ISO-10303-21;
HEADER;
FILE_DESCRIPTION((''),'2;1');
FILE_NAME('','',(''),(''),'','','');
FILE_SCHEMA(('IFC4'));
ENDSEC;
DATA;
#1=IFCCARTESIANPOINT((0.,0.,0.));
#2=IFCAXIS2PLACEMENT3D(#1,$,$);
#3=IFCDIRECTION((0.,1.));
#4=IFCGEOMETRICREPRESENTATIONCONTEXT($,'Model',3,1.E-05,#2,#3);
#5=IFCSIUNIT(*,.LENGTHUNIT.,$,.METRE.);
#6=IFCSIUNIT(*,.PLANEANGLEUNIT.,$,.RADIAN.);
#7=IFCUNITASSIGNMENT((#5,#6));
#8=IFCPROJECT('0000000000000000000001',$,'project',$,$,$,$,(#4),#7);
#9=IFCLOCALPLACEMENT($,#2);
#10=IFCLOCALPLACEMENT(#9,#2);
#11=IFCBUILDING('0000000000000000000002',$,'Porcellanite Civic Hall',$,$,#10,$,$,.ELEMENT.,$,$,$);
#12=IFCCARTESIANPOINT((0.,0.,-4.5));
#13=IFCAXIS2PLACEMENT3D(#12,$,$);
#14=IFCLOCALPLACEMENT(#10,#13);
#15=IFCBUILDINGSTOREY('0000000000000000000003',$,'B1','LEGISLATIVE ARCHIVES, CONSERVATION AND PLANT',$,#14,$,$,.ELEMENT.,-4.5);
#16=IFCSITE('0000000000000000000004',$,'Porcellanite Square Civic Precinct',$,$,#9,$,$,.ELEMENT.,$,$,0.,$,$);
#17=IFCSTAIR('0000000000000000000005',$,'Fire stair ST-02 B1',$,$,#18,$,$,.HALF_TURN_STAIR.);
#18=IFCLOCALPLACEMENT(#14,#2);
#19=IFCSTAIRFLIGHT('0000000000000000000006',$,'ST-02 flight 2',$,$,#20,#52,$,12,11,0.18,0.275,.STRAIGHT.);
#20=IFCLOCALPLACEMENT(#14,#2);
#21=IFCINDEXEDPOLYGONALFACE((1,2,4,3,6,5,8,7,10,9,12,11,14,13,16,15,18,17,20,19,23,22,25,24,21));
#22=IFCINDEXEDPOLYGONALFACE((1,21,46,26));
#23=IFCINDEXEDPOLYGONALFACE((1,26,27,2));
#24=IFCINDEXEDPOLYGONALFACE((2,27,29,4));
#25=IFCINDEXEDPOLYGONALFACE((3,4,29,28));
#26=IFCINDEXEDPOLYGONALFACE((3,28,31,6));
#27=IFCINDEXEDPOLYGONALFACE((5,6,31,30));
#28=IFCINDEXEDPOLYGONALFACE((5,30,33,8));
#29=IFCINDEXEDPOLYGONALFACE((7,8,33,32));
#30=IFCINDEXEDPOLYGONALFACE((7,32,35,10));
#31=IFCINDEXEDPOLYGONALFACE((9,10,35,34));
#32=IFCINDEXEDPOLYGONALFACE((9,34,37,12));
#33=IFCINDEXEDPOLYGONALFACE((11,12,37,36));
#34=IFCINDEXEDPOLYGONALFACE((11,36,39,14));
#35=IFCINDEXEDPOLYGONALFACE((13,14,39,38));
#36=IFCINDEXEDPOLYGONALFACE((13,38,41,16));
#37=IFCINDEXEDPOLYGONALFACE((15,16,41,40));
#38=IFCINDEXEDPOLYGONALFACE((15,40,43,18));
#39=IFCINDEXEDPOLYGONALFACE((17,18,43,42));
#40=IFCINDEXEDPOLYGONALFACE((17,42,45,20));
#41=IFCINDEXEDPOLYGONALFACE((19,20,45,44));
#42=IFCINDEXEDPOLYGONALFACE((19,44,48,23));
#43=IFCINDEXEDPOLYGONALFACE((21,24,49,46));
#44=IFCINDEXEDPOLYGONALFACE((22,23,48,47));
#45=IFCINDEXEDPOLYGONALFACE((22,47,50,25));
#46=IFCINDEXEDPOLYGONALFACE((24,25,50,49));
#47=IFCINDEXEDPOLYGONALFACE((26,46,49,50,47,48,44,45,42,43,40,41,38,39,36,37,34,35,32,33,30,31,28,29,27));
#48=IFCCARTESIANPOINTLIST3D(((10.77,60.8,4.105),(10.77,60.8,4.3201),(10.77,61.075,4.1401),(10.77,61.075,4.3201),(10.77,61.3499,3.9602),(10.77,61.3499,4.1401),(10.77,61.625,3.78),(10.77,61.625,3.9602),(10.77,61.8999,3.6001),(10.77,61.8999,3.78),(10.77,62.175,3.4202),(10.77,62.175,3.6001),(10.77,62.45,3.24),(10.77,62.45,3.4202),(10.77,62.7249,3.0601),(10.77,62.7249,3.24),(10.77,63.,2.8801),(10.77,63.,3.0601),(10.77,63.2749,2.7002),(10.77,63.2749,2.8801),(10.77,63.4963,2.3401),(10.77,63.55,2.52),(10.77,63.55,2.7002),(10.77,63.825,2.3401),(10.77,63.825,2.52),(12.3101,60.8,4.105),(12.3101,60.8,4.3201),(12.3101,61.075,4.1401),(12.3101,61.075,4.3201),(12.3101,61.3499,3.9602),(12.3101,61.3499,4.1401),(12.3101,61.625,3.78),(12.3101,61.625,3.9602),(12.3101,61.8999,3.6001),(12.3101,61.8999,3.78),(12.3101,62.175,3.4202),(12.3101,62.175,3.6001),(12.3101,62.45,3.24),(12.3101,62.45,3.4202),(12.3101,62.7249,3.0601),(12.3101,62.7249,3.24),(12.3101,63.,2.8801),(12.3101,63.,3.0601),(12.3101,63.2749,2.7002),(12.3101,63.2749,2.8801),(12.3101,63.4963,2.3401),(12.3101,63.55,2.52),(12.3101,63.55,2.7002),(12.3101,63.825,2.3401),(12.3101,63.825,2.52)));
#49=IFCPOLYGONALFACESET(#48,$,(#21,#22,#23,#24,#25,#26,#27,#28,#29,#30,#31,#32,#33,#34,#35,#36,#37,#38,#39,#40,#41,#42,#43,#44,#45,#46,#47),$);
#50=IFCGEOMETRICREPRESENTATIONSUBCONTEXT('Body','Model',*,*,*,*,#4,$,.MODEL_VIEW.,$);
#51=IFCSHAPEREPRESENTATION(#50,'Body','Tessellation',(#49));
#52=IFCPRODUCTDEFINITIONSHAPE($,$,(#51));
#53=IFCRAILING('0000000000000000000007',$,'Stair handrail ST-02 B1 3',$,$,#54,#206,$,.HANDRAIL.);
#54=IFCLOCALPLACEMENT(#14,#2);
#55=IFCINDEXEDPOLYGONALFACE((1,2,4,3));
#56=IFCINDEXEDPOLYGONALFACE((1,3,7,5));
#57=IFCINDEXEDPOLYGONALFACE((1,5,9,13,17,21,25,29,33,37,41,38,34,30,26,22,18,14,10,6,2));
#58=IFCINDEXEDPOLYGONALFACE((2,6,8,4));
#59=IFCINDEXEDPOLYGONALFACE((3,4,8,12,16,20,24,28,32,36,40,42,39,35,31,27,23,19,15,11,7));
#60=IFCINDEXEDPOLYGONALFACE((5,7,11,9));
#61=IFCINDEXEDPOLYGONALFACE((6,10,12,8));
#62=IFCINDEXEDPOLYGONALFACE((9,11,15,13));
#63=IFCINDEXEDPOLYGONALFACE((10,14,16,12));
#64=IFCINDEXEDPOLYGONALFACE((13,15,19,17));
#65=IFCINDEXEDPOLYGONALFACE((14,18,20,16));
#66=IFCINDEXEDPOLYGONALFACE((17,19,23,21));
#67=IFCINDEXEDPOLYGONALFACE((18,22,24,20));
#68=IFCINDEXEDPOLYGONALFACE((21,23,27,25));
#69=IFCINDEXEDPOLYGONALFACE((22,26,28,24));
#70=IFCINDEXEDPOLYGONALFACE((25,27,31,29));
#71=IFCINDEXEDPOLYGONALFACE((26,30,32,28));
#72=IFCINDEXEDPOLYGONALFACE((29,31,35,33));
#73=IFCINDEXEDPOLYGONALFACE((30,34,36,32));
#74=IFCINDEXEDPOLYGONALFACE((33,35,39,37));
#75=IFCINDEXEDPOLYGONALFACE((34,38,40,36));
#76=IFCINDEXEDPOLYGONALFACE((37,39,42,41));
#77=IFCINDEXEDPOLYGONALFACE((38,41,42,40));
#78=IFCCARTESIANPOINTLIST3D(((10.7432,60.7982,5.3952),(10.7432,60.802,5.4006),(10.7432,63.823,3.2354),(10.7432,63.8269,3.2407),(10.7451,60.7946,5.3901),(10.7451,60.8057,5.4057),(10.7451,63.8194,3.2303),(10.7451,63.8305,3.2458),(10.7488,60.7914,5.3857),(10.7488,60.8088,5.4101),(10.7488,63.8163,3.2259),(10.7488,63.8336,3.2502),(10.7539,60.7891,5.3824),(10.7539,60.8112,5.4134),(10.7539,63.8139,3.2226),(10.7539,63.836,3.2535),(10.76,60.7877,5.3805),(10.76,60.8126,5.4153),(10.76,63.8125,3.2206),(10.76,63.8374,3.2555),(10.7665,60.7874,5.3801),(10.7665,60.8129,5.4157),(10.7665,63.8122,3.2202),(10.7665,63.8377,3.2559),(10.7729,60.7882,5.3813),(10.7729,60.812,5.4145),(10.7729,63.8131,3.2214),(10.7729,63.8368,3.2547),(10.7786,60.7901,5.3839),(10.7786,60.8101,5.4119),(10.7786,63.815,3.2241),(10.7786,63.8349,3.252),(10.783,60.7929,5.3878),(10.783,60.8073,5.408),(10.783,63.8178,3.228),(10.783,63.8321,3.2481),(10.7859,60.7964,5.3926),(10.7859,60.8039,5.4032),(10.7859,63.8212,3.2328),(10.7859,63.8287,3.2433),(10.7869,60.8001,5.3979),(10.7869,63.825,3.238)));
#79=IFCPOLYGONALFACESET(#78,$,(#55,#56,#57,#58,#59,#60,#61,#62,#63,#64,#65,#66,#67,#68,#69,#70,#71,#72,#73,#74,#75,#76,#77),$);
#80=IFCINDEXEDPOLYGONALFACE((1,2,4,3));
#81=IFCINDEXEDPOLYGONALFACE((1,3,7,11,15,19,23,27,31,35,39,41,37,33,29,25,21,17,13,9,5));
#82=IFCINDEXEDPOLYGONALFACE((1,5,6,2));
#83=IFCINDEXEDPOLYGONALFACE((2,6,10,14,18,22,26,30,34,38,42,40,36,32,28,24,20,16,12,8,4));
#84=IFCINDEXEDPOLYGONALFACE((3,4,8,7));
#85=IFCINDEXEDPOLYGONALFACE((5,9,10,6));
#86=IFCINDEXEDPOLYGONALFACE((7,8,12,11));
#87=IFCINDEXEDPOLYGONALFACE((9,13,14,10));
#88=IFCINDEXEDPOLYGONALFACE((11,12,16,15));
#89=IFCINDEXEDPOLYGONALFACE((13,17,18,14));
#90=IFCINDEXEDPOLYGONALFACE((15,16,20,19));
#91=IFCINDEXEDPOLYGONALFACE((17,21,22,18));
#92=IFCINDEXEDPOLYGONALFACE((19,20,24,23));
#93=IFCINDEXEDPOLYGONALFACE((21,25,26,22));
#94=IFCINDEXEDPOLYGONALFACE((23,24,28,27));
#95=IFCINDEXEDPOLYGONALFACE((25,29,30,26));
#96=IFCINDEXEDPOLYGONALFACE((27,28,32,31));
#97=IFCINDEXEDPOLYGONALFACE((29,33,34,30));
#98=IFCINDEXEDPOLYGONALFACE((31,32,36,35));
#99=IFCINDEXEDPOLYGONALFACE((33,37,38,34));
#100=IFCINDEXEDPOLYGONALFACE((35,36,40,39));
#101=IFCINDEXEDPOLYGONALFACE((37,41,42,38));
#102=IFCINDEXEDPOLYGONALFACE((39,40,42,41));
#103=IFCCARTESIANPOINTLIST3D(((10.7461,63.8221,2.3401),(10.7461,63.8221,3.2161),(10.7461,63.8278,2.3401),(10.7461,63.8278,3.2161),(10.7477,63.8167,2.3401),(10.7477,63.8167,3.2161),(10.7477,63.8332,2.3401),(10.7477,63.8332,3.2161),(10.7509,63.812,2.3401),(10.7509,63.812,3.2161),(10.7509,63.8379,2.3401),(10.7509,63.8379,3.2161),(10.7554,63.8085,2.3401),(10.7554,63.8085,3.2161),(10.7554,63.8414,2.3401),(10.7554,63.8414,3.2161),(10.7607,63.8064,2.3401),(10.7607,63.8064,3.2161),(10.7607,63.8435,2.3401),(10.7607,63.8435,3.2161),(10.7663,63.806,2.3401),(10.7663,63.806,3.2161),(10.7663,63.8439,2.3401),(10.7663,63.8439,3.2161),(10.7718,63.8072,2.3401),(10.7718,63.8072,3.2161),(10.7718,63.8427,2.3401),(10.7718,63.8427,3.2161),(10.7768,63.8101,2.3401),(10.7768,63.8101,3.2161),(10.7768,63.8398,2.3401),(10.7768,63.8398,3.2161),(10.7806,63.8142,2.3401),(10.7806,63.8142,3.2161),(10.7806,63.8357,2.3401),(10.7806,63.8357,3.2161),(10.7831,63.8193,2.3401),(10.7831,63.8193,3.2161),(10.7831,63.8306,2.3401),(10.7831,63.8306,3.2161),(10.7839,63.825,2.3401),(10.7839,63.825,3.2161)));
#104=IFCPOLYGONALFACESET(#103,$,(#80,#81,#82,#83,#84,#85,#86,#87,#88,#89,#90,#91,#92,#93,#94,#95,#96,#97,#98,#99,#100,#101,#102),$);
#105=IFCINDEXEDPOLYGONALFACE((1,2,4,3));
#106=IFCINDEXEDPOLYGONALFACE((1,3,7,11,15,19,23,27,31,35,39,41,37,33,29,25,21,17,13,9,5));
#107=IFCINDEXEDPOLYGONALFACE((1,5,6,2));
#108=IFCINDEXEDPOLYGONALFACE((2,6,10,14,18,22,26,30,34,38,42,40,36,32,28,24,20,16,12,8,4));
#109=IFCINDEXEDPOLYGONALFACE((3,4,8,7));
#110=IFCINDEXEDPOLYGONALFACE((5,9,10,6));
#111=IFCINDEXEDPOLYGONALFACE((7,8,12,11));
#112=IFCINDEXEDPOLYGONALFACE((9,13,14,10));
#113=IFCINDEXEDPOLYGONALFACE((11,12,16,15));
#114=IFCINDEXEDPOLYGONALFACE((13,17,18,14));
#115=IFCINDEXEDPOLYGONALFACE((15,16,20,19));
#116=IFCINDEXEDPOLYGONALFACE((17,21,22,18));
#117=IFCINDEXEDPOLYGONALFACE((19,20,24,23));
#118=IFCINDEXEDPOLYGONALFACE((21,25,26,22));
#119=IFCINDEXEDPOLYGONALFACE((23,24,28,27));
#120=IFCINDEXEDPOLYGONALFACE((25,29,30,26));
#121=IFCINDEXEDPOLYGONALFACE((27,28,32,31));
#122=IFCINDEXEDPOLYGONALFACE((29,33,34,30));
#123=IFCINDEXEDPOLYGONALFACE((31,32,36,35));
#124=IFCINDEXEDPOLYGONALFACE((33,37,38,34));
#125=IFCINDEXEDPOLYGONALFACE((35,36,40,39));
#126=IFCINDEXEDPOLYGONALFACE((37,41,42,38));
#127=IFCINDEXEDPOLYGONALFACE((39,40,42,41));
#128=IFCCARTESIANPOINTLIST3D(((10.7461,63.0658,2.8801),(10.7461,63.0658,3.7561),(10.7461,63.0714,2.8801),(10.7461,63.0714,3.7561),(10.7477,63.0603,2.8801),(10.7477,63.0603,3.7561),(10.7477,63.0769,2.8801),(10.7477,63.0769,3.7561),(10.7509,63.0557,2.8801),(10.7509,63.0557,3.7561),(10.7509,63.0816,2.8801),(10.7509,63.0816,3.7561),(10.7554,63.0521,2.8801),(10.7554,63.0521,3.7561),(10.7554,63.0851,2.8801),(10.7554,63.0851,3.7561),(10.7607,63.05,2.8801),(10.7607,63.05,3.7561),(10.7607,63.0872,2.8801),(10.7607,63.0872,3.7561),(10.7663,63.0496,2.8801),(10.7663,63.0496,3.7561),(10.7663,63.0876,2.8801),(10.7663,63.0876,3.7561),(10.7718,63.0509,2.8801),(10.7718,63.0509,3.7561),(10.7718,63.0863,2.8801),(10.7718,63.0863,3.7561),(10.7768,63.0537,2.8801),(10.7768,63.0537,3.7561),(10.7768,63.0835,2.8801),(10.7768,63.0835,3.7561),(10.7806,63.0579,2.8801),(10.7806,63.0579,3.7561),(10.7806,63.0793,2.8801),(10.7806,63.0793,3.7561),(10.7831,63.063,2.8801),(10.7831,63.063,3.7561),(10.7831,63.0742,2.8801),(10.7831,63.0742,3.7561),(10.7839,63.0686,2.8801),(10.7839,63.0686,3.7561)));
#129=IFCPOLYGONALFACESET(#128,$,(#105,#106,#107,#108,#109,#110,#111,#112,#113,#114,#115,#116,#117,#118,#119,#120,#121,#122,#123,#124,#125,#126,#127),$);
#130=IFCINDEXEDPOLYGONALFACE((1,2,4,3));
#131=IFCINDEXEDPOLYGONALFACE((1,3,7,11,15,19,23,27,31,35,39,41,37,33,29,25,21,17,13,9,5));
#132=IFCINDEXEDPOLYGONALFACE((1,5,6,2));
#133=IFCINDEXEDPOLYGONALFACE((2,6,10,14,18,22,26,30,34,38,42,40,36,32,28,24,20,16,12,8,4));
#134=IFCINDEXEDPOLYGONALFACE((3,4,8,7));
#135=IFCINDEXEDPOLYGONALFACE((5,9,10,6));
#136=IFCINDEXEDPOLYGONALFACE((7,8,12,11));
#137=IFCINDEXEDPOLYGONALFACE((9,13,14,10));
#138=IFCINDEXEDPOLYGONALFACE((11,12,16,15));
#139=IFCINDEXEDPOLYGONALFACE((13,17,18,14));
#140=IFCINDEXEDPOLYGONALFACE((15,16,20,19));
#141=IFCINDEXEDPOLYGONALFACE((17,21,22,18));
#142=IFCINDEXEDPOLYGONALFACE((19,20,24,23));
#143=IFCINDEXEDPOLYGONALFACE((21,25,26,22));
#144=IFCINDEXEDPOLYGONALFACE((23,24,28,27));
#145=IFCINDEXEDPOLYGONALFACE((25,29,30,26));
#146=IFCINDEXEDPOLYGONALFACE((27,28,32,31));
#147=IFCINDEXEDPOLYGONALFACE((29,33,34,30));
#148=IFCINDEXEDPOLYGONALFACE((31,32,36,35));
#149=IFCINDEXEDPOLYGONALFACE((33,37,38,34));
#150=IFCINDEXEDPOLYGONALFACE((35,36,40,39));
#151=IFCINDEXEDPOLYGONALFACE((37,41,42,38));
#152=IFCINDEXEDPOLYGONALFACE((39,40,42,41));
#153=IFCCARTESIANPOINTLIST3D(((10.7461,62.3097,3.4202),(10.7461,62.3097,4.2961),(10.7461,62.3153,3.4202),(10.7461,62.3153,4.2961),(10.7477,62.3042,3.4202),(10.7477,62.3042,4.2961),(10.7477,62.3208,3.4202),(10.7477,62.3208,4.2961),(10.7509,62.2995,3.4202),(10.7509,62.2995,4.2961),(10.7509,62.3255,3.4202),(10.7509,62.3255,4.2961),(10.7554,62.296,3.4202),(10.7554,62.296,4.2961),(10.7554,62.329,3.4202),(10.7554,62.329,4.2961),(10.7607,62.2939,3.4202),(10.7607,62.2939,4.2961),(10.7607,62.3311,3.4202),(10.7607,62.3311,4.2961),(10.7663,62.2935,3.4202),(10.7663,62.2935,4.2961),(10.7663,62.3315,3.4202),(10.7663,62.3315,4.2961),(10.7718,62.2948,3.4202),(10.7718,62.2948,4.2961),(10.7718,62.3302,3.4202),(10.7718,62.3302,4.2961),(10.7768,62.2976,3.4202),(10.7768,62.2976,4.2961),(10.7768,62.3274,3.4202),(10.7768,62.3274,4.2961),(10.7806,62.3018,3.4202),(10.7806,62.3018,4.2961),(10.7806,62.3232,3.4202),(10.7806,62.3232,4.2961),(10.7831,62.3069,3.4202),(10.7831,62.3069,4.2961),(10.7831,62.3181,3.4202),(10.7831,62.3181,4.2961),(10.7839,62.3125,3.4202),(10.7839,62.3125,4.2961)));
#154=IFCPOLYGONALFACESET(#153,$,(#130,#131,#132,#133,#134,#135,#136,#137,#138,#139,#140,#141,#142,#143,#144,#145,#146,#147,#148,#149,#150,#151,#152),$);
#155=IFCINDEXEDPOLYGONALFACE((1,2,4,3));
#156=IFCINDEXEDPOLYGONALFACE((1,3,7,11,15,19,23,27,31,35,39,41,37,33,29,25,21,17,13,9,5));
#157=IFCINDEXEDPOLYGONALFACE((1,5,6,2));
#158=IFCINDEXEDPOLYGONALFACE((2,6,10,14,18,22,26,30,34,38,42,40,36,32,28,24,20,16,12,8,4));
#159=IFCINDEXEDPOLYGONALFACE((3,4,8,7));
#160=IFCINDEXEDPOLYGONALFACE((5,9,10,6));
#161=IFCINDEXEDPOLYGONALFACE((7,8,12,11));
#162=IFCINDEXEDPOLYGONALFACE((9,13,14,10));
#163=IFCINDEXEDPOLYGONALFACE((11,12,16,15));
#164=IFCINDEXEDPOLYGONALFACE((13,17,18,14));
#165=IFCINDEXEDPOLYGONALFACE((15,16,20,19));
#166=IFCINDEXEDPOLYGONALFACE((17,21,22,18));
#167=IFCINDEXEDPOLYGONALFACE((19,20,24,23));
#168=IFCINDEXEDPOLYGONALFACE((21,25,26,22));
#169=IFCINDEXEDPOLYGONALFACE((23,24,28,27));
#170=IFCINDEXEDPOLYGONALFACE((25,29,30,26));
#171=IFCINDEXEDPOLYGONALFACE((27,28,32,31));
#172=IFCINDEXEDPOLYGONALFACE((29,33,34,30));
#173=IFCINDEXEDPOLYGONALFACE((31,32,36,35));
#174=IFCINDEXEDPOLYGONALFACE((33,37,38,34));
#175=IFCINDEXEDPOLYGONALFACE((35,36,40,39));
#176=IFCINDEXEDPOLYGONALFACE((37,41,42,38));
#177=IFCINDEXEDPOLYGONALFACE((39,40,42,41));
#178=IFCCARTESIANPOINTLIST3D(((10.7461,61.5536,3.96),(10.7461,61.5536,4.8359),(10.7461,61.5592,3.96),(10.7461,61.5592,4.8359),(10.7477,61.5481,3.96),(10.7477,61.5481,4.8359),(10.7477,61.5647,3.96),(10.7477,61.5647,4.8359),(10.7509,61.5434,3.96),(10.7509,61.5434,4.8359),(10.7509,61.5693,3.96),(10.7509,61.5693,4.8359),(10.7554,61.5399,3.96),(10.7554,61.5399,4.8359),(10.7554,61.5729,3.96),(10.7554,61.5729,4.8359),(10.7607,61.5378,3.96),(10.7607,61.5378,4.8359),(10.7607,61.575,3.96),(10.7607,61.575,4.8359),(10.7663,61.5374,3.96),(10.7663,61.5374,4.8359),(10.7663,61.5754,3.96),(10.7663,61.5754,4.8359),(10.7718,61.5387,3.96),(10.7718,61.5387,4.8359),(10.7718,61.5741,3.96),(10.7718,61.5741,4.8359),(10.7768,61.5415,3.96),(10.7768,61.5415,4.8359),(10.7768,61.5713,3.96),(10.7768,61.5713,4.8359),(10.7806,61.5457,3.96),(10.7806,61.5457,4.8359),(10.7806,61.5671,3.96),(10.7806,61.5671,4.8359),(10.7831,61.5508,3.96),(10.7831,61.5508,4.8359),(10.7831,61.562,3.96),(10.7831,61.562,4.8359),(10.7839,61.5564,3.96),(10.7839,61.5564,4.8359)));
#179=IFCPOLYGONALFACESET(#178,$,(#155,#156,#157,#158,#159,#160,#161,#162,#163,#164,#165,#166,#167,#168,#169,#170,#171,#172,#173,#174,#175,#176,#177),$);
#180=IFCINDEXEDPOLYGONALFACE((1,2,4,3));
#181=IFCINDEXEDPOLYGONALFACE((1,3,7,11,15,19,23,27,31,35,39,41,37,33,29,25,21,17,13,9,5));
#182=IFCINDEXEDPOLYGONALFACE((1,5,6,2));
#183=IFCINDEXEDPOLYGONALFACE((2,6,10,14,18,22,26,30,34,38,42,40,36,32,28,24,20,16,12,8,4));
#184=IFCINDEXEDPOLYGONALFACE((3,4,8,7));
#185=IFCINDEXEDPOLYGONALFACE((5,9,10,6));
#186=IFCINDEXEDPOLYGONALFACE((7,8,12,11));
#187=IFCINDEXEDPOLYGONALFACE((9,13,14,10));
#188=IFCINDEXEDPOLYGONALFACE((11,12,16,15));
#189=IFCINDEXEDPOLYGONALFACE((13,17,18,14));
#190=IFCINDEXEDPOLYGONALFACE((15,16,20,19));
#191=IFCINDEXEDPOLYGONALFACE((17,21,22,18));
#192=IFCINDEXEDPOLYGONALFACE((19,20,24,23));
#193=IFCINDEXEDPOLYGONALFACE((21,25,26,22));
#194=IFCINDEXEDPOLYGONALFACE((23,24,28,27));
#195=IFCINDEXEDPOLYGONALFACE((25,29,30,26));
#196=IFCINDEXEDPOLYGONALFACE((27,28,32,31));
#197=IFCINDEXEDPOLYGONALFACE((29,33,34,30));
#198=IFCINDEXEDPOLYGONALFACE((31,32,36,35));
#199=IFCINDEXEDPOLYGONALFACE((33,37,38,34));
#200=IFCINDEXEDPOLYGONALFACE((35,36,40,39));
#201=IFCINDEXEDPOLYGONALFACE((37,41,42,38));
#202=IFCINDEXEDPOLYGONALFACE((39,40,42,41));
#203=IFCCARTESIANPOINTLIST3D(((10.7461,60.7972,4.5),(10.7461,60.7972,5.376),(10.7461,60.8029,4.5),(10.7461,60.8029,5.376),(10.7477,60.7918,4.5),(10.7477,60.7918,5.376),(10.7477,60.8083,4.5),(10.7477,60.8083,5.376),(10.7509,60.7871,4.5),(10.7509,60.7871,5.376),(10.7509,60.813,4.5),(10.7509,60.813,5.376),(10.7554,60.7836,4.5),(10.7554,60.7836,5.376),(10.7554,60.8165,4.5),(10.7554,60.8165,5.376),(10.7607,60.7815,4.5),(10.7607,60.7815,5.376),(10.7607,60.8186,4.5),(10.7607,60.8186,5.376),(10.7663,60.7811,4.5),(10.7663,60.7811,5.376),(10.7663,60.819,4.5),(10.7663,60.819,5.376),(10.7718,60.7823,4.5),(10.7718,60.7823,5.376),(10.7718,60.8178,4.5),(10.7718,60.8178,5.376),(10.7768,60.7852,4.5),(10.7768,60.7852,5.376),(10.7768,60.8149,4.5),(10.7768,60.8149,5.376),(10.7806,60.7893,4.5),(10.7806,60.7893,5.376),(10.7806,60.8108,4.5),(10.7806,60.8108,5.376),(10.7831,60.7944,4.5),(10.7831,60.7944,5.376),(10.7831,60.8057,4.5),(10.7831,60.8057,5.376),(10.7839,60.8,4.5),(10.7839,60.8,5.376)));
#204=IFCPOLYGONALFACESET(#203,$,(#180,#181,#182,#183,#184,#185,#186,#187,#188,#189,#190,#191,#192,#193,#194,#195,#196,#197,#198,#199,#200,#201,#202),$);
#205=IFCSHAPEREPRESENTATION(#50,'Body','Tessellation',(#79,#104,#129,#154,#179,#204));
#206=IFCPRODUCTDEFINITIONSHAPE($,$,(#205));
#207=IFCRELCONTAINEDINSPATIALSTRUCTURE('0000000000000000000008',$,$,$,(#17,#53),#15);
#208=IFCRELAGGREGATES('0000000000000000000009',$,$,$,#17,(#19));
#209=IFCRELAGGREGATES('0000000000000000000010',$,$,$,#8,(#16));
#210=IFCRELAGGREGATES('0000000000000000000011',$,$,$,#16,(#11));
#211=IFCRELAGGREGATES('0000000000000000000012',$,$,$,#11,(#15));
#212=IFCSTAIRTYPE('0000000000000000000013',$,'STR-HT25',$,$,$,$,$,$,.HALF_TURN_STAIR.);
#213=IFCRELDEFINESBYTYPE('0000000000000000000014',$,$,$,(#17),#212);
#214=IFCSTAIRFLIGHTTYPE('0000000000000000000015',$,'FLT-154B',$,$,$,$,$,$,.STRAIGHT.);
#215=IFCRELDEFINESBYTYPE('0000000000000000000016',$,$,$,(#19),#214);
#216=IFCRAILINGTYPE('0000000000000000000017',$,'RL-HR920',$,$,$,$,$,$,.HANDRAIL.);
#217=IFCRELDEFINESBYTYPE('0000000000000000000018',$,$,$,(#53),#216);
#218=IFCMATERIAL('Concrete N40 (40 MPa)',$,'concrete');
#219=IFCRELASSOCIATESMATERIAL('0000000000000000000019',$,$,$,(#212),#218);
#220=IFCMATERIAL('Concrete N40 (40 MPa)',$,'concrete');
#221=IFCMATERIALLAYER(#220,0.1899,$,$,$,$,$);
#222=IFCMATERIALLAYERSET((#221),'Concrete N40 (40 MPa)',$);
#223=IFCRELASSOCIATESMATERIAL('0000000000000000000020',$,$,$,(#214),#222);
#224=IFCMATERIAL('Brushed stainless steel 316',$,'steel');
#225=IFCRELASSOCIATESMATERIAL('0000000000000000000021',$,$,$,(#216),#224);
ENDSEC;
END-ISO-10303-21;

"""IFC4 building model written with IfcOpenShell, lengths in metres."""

from ifc_helpers import new_model, si_unit, direction, frame, origin, origin_2d, place, context, subcontext, project, spatial, polyline, circle, outline, extrude, material, layer, layer_set, type_object, element, aggregate, save


model = new_model("IFC4")

# Units and contexts
model_context = context("Model", 3, precision=1e-05, world=origin(), true_north=direction((0.0, 1.0)))
body_context = subcontext(model_context, "Body", "Model", "MODEL_VIEW")
ifc_project = project(units=[si_unit("LENGTHUNIT", "METRE"), si_unit("PLANEANGLEUNIT", "RADIAN")], contexts=[model_context])

# Site, building, storey
site_placement = place(None, origin())
site = spatial("IfcSite", under=ifc_project, at=site_placement, Name="Porcellanite Square Civic Precinct", CompositionType="ELEMENT", RefElevation=0.0)
building_placement = place(site_placement, origin())
building = spatial("IfcBuilding", under=site, at=building_placement, Name="Porcellanite Civic Hall", CompositionType="ELEMENT")
storey_placement = place(building_placement, frame((0.0, 0.0, -4.5)))
storey = spatial("IfcBuildingStorey", under=building, at=storey_placement, Name="B1", Description="LEGISLATIVE ARCHIVES, CONSERVATION AND PLANT", CompositionType="ELEMENT", Elevation=-4.5)

# Stair, stair flight
ifc_material_1 = material(Name="Concrete N40 (40 MPa)", Category="concrete")
stair_type = type_object("IfcStairType", Name="STR-HT25", PredefinedType="HALF_TURN_STAIR", material=ifc_material_1)
stair_placement = place(storey_placement, origin())
stair = element("IfcStair", 1, at=stair_placement, inside=storey, type_object=stair_type, Name="Fire stair ST-02 B1", PredefinedType="HALF_TURN_STAIR")
ifc_material_2 = material(Name="Concrete N40 (40 MPa)", Category="concrete")
ifc_layer_1 = layer(ifc_material_2, 0.1899)
ifc_layer_set_1 = layer_set([ifc_layer_1], Name="Concrete N40 (40 MPa)")
stair_flight_type = type_object("IfcStairFlightType", Name="FLT-154B", PredefinedType="STRAIGHT", material=ifc_layer_set_1)
stair_flight_placement = place(storey_placement, frame((11.54, 63.825, 2.3401), z_axis=(0.0, 0.0, 1.0), x_axis=(0.0, -1.0, 0.0)))
stair_flight = element("IfcStairFlight", 2, at=stair_flight_placement, type_object=stair_flight_type, Name="ST-02 flight 2", NumberOfRisers=12, NumberOfTreads=11, PredefinedType="STRAIGHT", RiserHeight=0.18, TreadLength=0.275, context=body_context, shape_type="SweptSolid", body=[
    extrude(outline(polyline([(0.0, 0.0), (0.0, 0.1799), (0.2749, 0.1799), (0.2749, 0.3601), (0.55, 0.3601), (0.55, 0.54), (0.825, 0.54), (0.825, 0.72), (1.1001, 0.72), (1.1001, 0.8999), (1.375, 0.8999), (1.375, 1.0801), (1.6499, 1.0801), (1.6499, 1.26), (1.925, 1.26), (1.925, 1.4399), (2.2, 1.4399), (2.2, 1.6201), (2.4751, 1.6201), (2.4751, 1.8), (2.75, 1.8), (2.75, 1.98), (3.0249, 1.98), (3.0249, 2.1599), (3.0249, 1.7649), (0.3286, 0.0), (0.0, 0.0)])), frame((0.0, 0.77, 0.0), z_axis=(0.0, -1.0, 0.0), x_axis=(1.0, 0.0, 0.0)), (0.0, 0.0, 1.0), 1.54),
])
aggregate(stair, [stair_flight])

# Railing
ifc_material_3 = material(Name="Brushed stainless steel 316", Category="steel")
railing_type_1 = type_object("IfcRailingType", Name="RL-HR920", PredefinedType="HANDRAIL", material=ifc_material_3)
railing_1_placement = place(storey_placement, frame((10.7649, 63.825, 2.3401)))
element("IfcRailing", 3, at=railing_1_placement, inside=storey, type_object=railing_type_1, Name="Stair handrail ST-02 B1 3", PredefinedType="HANDRAIL", context=body_context, shape_type="SweptSolid", body=[
    extrude(circle(Radius=0.022, at=origin_2d()), frame((0.0, 0.0, 0.8979), z_axis=(0.0, -0.813827, 0.581108), x_axis=(1.0, 0.0, 0.0)), (0.0, 0.0, 1.0), 3.7168),
    extrude(circle(Radius=0.019, at=origin_2d()), origin(), (0.0, 0.0, 1.0), 0.876),
    extrude(circle(Radius=0.019, at=origin_2d()), frame((0.0, -0.7563, 0.54)), (0.0, 0.0, 1.0), 0.876),
    extrude(circle(Radius=0.019, at=origin_2d()), frame((0.0, -1.5125, 1.0801)), (0.0, 0.0, 1.0), 0.876),
    extrude(circle(Radius=0.019, at=origin_2d()), frame((0.0, -2.2686, 1.6199)), (0.0, 0.0, 1.0), 0.876),
    extrude(circle(Radius=0.019, at=origin_2d()), frame((0.0, -3.0249, 2.1599)), (0.0, 0.0, 1.0), 0.876),
])

save(model, "model.ifc")
